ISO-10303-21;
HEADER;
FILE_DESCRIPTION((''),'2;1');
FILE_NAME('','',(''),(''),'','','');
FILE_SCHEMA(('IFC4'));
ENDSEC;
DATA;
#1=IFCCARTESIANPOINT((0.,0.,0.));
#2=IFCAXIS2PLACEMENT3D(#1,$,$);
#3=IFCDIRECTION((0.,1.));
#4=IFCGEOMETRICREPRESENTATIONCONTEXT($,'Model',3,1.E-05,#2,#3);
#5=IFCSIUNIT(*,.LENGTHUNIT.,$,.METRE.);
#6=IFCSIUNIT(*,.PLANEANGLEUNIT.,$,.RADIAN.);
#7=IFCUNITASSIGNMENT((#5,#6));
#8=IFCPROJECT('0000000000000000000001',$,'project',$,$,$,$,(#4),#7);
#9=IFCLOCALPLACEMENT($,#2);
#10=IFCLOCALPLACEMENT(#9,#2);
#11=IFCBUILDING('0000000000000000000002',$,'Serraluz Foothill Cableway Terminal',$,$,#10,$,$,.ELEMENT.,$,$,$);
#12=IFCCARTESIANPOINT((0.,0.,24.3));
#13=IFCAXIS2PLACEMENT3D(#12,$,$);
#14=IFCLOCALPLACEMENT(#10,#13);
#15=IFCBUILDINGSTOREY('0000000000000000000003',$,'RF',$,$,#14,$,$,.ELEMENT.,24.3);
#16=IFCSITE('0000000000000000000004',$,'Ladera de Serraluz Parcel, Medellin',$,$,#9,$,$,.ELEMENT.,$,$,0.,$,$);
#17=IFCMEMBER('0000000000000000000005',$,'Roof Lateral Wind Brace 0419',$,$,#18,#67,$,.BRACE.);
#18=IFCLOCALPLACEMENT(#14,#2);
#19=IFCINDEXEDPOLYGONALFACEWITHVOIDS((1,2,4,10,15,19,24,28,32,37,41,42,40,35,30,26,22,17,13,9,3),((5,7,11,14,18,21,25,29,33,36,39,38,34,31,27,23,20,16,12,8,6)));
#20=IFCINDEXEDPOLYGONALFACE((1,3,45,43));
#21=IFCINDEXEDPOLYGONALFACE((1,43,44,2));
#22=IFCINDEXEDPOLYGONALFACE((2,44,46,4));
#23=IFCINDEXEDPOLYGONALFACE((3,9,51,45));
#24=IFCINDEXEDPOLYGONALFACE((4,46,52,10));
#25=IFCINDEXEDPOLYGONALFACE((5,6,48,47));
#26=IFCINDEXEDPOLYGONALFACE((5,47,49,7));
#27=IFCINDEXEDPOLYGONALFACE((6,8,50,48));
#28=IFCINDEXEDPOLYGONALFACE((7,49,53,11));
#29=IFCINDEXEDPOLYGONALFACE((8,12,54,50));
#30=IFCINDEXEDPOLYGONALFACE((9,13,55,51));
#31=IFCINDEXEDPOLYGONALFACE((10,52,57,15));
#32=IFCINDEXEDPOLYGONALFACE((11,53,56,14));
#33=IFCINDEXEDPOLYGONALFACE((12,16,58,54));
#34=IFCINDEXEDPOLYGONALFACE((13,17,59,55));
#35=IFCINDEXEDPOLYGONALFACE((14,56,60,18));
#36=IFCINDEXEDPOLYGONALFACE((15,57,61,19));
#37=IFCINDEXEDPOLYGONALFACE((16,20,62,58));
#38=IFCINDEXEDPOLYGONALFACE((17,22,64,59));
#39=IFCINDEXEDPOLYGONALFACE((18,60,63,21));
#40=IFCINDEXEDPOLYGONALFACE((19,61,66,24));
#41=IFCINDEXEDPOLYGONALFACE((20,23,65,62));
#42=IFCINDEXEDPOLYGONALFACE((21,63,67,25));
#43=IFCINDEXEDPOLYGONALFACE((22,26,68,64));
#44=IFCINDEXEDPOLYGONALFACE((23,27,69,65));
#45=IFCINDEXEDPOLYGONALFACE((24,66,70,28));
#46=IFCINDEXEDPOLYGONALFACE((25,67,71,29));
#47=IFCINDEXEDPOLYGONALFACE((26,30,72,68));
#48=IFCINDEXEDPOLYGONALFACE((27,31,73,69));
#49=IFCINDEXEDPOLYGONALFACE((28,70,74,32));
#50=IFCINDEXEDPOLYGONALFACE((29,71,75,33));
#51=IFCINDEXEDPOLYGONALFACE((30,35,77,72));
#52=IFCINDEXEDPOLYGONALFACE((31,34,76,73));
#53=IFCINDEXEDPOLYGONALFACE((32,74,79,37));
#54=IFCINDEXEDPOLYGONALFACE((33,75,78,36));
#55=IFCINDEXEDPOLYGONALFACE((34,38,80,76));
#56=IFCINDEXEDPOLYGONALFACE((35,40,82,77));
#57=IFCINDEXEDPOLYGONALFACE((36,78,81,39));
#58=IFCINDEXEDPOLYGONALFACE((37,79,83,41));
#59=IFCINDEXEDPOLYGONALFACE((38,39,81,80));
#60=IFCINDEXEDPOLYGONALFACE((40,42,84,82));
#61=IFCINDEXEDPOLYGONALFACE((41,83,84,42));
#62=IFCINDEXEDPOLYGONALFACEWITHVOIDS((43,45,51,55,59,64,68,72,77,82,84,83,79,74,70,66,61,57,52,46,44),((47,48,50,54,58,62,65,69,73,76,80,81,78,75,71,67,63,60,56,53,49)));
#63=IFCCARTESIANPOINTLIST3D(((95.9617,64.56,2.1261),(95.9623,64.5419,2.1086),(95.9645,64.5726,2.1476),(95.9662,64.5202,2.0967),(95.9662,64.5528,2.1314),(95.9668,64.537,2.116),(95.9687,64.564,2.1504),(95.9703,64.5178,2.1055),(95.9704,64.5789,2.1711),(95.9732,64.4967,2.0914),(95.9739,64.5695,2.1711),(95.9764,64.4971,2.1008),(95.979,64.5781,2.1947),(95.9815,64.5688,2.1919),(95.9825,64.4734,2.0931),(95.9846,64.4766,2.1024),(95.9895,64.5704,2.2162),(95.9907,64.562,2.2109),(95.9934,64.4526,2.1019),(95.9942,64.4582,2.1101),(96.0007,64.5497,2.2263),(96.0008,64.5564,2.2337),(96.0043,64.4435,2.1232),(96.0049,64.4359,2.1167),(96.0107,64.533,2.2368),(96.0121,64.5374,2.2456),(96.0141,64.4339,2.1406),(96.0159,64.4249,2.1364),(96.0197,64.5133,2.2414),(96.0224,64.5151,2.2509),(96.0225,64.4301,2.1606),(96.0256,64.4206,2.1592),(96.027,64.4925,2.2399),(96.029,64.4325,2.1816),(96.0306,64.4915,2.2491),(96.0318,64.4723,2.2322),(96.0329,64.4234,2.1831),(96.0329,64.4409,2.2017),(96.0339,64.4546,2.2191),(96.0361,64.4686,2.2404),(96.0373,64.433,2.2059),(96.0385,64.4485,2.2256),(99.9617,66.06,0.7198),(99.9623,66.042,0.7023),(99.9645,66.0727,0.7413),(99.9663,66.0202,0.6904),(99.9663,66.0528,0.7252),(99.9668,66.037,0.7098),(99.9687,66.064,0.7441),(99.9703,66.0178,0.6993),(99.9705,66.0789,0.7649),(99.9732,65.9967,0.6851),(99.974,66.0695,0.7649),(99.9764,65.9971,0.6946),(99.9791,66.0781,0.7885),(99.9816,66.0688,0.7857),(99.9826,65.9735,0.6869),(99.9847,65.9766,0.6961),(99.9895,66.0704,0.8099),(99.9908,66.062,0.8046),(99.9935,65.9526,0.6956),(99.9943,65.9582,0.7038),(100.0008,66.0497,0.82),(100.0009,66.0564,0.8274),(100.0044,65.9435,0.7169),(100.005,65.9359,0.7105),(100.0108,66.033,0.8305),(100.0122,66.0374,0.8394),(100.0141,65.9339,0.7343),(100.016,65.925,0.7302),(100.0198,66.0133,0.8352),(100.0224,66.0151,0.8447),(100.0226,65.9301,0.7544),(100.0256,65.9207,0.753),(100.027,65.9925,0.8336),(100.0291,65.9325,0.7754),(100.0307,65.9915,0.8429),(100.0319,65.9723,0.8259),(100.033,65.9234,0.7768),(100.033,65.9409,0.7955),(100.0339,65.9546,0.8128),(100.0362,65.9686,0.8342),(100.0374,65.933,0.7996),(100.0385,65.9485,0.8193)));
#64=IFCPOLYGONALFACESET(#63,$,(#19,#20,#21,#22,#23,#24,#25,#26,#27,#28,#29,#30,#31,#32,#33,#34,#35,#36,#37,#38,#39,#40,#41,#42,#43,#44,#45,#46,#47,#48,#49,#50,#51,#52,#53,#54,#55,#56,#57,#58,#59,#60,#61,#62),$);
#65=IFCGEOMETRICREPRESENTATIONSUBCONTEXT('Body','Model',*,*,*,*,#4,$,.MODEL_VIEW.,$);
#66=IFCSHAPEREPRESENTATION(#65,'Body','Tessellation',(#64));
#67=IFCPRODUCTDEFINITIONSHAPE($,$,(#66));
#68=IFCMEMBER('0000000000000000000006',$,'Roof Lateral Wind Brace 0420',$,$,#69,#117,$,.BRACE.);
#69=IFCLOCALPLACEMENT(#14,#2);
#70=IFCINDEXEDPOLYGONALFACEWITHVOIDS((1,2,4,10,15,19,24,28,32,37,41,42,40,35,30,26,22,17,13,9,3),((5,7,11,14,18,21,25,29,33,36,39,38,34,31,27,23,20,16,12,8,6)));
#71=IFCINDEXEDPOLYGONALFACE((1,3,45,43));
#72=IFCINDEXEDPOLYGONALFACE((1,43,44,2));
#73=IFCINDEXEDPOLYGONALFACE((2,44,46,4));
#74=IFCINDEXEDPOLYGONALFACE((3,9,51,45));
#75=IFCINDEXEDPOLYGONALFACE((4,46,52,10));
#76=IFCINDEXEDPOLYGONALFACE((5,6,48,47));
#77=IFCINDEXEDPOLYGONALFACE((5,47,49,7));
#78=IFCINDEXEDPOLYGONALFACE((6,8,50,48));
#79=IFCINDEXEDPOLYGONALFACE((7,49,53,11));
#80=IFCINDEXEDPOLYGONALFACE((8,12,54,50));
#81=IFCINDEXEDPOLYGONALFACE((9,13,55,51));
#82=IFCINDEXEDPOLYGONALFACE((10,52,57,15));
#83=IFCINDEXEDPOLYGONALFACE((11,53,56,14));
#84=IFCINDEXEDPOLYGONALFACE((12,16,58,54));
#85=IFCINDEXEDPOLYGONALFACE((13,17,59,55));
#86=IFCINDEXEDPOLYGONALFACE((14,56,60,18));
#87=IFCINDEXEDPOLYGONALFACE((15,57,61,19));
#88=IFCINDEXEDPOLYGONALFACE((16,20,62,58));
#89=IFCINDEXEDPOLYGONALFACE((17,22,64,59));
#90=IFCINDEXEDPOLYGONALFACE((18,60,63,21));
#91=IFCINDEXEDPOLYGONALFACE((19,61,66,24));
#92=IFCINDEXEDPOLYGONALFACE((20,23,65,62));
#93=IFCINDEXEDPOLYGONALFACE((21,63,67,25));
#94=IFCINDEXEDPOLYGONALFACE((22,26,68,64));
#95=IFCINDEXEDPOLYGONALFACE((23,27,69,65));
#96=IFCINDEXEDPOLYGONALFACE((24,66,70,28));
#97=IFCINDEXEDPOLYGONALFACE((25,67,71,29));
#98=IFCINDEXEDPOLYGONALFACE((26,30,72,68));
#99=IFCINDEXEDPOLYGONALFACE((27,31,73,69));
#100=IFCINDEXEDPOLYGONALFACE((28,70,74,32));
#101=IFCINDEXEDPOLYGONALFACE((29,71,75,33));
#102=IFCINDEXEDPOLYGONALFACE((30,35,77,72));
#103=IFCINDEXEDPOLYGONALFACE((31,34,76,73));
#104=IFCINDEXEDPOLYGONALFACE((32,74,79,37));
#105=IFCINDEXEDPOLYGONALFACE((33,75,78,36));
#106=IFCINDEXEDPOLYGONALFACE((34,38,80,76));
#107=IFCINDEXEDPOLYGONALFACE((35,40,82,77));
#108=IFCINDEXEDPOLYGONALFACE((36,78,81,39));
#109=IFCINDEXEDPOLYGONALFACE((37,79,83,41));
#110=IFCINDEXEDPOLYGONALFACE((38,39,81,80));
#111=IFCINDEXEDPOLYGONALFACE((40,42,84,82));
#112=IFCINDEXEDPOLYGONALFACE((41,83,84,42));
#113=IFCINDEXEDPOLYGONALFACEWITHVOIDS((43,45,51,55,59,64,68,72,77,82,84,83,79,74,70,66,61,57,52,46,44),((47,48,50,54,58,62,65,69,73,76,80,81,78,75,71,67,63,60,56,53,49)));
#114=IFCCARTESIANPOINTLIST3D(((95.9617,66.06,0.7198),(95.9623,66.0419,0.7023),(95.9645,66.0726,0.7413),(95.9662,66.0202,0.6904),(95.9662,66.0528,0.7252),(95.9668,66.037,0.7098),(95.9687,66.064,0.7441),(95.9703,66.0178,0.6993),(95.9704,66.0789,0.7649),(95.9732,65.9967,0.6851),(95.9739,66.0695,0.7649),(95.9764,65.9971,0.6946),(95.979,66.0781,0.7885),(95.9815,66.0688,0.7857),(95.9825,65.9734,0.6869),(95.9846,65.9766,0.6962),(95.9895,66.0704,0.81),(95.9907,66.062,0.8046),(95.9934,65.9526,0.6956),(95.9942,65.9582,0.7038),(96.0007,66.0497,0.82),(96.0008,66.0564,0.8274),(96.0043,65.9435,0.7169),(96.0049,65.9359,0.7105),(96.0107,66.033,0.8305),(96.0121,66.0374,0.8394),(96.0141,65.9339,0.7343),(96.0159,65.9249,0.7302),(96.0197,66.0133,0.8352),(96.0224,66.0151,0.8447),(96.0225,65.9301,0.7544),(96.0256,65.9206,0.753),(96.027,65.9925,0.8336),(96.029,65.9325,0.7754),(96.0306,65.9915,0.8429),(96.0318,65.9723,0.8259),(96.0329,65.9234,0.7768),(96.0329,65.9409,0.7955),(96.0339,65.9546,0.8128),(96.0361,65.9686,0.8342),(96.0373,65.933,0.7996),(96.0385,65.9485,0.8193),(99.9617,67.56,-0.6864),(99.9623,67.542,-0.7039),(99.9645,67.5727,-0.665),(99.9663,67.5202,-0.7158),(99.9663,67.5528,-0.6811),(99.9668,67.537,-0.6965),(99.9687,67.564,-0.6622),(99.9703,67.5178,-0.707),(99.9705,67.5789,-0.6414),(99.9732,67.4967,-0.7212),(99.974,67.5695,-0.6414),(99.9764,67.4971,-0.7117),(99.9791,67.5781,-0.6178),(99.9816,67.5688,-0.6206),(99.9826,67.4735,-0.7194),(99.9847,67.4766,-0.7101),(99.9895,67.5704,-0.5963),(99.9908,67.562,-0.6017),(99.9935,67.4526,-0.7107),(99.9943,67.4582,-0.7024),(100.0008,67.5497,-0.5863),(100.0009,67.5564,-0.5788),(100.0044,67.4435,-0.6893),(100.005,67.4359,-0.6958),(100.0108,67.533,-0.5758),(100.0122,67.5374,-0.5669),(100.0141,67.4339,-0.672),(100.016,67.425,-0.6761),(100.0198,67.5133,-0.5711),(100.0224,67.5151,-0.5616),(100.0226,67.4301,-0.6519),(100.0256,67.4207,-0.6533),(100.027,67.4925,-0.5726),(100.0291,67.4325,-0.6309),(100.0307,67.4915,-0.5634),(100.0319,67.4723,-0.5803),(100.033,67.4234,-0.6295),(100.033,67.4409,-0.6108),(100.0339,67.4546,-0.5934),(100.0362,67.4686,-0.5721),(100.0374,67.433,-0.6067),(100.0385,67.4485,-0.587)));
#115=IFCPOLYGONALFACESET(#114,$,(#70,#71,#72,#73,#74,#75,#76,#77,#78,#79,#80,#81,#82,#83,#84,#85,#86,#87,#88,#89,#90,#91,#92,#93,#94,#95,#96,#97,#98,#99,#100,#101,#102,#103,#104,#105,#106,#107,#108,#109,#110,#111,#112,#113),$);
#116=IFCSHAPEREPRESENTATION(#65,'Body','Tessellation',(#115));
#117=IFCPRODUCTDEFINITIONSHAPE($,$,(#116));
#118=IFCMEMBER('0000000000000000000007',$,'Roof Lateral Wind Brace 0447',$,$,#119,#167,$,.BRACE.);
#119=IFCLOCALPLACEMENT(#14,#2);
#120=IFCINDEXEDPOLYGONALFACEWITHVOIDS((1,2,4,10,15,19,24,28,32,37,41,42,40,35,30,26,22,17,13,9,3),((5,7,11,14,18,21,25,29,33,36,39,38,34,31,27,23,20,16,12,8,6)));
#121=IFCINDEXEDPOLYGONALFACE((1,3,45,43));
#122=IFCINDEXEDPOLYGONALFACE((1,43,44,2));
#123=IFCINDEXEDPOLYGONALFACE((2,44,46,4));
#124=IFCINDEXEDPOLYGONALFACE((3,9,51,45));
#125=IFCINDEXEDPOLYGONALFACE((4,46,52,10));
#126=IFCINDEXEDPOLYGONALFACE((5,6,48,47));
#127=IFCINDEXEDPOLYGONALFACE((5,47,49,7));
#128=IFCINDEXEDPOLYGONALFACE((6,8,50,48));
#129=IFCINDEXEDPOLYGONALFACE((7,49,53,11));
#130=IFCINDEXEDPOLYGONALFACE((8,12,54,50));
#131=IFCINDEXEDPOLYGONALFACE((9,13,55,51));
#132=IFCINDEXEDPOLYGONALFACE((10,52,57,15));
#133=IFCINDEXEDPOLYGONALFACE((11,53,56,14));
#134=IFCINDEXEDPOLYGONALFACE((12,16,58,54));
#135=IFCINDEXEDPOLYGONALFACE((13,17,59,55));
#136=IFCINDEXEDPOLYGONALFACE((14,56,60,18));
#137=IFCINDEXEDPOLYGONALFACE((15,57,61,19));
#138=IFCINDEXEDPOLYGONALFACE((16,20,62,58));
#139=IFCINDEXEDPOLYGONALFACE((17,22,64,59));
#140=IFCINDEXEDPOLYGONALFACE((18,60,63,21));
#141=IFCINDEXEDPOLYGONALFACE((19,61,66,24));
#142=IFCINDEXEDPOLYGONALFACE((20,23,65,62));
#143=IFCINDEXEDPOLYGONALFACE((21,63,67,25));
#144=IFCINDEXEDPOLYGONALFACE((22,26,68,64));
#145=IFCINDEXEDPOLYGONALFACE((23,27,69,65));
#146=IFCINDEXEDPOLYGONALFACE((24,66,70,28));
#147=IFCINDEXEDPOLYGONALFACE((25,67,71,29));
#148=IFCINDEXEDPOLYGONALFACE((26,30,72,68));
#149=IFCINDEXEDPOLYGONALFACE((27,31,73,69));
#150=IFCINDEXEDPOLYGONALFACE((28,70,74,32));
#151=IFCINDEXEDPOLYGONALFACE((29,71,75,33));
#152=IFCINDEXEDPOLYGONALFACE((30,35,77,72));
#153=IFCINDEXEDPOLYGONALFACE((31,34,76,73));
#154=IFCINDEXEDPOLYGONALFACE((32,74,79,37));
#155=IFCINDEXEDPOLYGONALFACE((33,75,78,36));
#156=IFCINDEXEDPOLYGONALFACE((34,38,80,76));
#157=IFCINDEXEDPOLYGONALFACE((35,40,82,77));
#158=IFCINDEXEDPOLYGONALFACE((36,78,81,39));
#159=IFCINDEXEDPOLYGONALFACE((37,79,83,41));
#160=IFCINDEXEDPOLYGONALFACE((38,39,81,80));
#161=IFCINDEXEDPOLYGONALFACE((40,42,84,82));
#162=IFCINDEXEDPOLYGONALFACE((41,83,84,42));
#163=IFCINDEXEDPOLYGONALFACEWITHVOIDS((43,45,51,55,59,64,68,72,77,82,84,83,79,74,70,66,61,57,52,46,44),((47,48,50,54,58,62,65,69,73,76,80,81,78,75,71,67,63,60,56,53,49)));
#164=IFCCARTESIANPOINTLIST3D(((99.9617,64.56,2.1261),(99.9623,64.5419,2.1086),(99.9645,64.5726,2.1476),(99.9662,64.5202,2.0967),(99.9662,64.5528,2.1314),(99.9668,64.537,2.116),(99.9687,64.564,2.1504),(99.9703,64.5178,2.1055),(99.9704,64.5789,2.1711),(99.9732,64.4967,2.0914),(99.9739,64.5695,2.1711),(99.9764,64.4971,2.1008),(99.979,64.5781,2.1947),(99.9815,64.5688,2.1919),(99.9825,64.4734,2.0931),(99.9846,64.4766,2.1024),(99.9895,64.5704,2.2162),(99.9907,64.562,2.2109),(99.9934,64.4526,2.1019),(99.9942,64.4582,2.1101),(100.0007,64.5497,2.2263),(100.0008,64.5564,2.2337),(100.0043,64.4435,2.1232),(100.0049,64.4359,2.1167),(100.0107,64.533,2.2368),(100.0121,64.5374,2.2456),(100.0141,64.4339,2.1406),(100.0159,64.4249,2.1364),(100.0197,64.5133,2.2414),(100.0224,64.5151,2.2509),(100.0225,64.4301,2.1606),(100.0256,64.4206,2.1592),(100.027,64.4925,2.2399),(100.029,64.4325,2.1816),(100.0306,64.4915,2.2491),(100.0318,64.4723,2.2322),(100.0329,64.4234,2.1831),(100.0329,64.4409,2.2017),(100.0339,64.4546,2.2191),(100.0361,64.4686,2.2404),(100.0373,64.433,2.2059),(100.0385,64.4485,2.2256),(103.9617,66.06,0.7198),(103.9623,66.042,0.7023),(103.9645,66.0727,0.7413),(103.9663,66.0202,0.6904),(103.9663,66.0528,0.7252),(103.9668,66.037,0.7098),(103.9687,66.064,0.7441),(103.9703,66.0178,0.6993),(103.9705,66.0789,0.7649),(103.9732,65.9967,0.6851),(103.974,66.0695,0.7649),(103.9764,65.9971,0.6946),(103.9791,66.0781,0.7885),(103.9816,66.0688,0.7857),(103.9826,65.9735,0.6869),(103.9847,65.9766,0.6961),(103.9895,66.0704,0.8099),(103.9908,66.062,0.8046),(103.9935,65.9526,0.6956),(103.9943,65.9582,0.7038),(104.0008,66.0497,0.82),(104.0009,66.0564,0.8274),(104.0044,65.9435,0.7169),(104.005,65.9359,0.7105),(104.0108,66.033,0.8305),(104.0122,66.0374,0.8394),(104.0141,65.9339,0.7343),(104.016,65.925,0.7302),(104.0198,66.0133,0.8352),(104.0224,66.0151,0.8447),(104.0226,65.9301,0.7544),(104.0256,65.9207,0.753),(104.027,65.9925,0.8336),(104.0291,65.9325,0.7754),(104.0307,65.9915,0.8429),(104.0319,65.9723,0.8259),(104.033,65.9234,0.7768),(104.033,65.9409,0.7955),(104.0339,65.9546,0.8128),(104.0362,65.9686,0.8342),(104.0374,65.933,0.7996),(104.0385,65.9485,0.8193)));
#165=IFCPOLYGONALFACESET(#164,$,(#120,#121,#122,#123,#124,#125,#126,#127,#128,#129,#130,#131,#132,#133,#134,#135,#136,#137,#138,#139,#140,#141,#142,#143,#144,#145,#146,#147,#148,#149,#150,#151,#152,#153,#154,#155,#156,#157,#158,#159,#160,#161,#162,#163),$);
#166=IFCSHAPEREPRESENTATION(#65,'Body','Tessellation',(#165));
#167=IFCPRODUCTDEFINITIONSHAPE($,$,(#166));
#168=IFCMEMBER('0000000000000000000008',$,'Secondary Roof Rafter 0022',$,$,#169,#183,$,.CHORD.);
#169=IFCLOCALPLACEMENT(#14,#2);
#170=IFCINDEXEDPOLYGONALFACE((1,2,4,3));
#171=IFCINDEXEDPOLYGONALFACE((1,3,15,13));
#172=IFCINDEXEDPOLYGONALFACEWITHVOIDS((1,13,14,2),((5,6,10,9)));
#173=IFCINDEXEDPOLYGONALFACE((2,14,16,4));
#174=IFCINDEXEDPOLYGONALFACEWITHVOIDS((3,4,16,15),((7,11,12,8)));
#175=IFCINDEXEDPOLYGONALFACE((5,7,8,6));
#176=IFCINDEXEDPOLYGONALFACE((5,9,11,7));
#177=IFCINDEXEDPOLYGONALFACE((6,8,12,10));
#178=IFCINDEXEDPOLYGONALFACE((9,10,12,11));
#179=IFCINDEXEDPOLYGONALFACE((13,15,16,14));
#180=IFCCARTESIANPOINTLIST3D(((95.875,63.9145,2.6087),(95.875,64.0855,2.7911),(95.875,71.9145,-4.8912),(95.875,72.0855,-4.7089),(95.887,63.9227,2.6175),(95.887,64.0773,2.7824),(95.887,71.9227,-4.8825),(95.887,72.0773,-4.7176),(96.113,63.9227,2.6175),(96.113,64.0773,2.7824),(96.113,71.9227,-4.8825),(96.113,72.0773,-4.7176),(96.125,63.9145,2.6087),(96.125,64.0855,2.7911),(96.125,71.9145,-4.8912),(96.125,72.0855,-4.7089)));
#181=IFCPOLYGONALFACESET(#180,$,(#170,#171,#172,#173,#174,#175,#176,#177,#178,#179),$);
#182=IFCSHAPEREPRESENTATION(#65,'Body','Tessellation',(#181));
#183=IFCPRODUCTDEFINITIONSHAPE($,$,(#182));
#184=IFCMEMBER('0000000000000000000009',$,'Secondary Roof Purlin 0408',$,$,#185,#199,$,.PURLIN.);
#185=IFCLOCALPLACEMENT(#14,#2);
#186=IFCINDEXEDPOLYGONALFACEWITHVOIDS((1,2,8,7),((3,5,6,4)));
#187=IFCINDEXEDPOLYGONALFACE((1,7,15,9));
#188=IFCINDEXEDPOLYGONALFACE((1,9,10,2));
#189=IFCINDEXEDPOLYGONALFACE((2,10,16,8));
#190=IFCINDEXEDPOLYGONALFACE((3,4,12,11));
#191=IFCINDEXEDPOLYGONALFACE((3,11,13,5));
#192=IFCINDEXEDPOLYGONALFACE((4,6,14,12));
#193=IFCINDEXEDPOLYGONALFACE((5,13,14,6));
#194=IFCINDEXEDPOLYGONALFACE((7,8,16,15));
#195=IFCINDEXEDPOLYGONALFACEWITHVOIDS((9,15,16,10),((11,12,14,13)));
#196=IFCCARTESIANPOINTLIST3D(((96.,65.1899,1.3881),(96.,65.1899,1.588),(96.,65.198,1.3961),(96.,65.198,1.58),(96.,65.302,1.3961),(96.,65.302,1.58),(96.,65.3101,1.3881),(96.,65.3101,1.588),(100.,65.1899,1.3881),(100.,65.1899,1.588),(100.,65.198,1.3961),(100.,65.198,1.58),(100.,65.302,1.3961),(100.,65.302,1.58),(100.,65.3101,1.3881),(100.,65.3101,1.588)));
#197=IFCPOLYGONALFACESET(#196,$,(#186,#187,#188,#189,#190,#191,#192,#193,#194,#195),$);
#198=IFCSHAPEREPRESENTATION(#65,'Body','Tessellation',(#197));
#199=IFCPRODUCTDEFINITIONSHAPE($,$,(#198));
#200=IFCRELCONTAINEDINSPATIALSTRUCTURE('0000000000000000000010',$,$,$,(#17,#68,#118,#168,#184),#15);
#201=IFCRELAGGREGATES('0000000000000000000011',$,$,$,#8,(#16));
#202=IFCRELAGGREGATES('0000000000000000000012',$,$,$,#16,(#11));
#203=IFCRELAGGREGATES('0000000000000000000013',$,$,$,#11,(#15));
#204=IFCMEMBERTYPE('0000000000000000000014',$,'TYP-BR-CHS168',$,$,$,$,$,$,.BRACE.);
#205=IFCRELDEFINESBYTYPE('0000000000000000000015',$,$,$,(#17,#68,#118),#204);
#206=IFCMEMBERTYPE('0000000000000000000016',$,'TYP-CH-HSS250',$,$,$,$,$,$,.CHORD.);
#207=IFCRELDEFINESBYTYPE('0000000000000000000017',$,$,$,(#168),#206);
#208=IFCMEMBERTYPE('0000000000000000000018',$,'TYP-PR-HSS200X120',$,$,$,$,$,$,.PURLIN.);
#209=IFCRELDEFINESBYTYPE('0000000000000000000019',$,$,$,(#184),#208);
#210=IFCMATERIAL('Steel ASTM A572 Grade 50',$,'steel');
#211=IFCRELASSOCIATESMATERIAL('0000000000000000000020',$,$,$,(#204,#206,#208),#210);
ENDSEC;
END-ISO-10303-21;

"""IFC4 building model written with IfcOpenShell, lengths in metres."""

from ifc_helpers import new_model, si_unit, direction, frame, origin, origin_2d, place, context, subcontext, project, spatial, hollow_rectangle, hollow_circle, extrude, material, material_profile, profile_set, type_object, element, save


model = new_model("IFC4")

# Units and contexts
model_context = context("Model", 3, precision=1e-05, world=origin(), true_north=direction((0.0, 1.0)))
body_context = subcontext(model_context, "Body", "Model", "MODEL_VIEW")
ifc_project = project(units=[si_unit("LENGTHUNIT", "METRE"), si_unit("PLANEANGLEUNIT", "RADIAN")], contexts=[model_context])

# Site, building, storey
site_placement = place(None, origin())
site = spatial("IfcSite", under=ifc_project, at=site_placement, Name="Ladera de Serraluz Parcel, Medellin", CompositionType="ELEMENT", RefElevation=0.0)
building_placement = place(site_placement, origin())
building = spatial("IfcBuilding", under=site, at=building_placement, Name="Serraluz Foothill Cableway Terminal", CompositionType="ELEMENT")
storey_placement = place(building_placement, frame((0.0, 0.0, 24.3)))
storey = spatial("IfcBuildingStorey", under=building, at=storey_placement, Name="RF", CompositionType="ELEMENT", Elevation=24.3)

# Members
ifc_material_1 = material(Name="Steel ASTM A572 Grade 50", Category="steel")
ifc_material_profile_1 = material_profile(ifc_material_1, hollow_circle(Radius=0.0842, WallThickness=0.01, at=origin_2d()), Name="CHS168X10")
ifc_profile_set_1 = profile_set([ifc_material_profile_1], Name="Steel ASTM A572 Grade 50")
member_type_1 = type_object("IfcMemberType", Name="TYP-BR-CHS168", PredefinedType="BRACE", material=ifc_profile_set_1)
for number, where, z_axis, x_axis, name in (
    (1, (96.0, 64.5, 2.1711), (0.889382, 0.333518, -0.312673), (-0.351123, 0.936329, 0.0), "Roof Lateral Wind Brace 0419"),
    (2, (96.0, 66.0, 0.7649), (0.889382, 0.333518, -0.312673), (-0.351123, 0.936329, 0.0), "Roof Lateral Wind Brace 0420"),
    (3, (100.0, 64.5, 2.1711), (0.889382, 0.333518, -0.312673), (-0.351123, 0.936329, 0.0), "Roof Lateral Wind Brace 0447"),
):
    element("IfcMember", number, at=place(storey_placement, frame(where, z_axis=z_axis, x_axis=x_axis)), inside=storey, type_object=member_type_1, Name=name, PredefinedType="BRACE", context=body_context, shape_type="SweptSolid", body=[
        extrude(hollow_circle(Radius=0.0842, WallThickness=0.01, at=origin_2d()), origin(), (0.0, 0.0, 1.0), 4.4976),
    ])
ifc_material_profile_2 = material_profile(ifc_material_1, hollow_rectangle(XDim=0.25, YDim=0.25, WallThickness=0.012, at=origin_2d()), Name="HSS250X250X12")
ifc_profile_set_2 = profile_set([ifc_material_profile_2], Name="Steel ASTM A572 Grade 50")
member_type_2 = type_object("IfcMemberType", Name="TYP-CH-HSS250", PredefinedType="CHORD", material=ifc_profile_set_2)
member_placement = place(storey_placement, frame((96.0, 72.0, -4.8), z_axis=(0.0, -0.729537, 0.683941), x_axis=(1.0, 0.0, 0.0)))
element("IfcMember", 4, at=member_placement, inside=storey, type_object=member_type_2, Name="Secondary Roof Rafter 0022", PredefinedType="CHORD", context=body_context, shape_type="SweptSolid", body=[
    extrude(hollow_rectangle(XDim=0.25, YDim=0.25, WallThickness=0.012, at=origin_2d()), origin(), (0.0, 0.0, 1.0), 10.9658),
])
ifc_material_profile_3 = material_profile(ifc_material_1, hollow_rectangle(XDim=0.1201, YDim=0.2, WallThickness=0.0081, at=origin_2d()), Name="HSS200X120X8")
ifc_profile_set_3 = profile_set([ifc_material_profile_3], Name="Steel ASTM A572 Grade 50")
member_type_3 = type_object("IfcMemberType", Name="TYP-PR-HSS200X120", PredefinedType="PURLIN", material=ifc_profile_set_3)
for number, where, z_axis, x_axis, name in (
    (5, (96.0, 65.25, 1.488), (1.0, 0.0, 0.0), (0.0, 1.0, 0.0), "Secondary Roof Purlin 0408"),
):
    element("IfcMember", number, at=place(storey_placement, frame(where, z_axis=z_axis, x_axis=x_axis)), inside=storey, type_object=member_type_3, Name=name, PredefinedType="PURLIN", context=body_context, shape_type="SweptSolid", body=[
        extrude(hollow_rectangle(XDim=0.1201, YDim=0.2, WallThickness=0.0081, at=origin_2d()), origin(), (0.0, 0.0, 1.0), 4.0),
    ])

save(model, "model.ifc")
